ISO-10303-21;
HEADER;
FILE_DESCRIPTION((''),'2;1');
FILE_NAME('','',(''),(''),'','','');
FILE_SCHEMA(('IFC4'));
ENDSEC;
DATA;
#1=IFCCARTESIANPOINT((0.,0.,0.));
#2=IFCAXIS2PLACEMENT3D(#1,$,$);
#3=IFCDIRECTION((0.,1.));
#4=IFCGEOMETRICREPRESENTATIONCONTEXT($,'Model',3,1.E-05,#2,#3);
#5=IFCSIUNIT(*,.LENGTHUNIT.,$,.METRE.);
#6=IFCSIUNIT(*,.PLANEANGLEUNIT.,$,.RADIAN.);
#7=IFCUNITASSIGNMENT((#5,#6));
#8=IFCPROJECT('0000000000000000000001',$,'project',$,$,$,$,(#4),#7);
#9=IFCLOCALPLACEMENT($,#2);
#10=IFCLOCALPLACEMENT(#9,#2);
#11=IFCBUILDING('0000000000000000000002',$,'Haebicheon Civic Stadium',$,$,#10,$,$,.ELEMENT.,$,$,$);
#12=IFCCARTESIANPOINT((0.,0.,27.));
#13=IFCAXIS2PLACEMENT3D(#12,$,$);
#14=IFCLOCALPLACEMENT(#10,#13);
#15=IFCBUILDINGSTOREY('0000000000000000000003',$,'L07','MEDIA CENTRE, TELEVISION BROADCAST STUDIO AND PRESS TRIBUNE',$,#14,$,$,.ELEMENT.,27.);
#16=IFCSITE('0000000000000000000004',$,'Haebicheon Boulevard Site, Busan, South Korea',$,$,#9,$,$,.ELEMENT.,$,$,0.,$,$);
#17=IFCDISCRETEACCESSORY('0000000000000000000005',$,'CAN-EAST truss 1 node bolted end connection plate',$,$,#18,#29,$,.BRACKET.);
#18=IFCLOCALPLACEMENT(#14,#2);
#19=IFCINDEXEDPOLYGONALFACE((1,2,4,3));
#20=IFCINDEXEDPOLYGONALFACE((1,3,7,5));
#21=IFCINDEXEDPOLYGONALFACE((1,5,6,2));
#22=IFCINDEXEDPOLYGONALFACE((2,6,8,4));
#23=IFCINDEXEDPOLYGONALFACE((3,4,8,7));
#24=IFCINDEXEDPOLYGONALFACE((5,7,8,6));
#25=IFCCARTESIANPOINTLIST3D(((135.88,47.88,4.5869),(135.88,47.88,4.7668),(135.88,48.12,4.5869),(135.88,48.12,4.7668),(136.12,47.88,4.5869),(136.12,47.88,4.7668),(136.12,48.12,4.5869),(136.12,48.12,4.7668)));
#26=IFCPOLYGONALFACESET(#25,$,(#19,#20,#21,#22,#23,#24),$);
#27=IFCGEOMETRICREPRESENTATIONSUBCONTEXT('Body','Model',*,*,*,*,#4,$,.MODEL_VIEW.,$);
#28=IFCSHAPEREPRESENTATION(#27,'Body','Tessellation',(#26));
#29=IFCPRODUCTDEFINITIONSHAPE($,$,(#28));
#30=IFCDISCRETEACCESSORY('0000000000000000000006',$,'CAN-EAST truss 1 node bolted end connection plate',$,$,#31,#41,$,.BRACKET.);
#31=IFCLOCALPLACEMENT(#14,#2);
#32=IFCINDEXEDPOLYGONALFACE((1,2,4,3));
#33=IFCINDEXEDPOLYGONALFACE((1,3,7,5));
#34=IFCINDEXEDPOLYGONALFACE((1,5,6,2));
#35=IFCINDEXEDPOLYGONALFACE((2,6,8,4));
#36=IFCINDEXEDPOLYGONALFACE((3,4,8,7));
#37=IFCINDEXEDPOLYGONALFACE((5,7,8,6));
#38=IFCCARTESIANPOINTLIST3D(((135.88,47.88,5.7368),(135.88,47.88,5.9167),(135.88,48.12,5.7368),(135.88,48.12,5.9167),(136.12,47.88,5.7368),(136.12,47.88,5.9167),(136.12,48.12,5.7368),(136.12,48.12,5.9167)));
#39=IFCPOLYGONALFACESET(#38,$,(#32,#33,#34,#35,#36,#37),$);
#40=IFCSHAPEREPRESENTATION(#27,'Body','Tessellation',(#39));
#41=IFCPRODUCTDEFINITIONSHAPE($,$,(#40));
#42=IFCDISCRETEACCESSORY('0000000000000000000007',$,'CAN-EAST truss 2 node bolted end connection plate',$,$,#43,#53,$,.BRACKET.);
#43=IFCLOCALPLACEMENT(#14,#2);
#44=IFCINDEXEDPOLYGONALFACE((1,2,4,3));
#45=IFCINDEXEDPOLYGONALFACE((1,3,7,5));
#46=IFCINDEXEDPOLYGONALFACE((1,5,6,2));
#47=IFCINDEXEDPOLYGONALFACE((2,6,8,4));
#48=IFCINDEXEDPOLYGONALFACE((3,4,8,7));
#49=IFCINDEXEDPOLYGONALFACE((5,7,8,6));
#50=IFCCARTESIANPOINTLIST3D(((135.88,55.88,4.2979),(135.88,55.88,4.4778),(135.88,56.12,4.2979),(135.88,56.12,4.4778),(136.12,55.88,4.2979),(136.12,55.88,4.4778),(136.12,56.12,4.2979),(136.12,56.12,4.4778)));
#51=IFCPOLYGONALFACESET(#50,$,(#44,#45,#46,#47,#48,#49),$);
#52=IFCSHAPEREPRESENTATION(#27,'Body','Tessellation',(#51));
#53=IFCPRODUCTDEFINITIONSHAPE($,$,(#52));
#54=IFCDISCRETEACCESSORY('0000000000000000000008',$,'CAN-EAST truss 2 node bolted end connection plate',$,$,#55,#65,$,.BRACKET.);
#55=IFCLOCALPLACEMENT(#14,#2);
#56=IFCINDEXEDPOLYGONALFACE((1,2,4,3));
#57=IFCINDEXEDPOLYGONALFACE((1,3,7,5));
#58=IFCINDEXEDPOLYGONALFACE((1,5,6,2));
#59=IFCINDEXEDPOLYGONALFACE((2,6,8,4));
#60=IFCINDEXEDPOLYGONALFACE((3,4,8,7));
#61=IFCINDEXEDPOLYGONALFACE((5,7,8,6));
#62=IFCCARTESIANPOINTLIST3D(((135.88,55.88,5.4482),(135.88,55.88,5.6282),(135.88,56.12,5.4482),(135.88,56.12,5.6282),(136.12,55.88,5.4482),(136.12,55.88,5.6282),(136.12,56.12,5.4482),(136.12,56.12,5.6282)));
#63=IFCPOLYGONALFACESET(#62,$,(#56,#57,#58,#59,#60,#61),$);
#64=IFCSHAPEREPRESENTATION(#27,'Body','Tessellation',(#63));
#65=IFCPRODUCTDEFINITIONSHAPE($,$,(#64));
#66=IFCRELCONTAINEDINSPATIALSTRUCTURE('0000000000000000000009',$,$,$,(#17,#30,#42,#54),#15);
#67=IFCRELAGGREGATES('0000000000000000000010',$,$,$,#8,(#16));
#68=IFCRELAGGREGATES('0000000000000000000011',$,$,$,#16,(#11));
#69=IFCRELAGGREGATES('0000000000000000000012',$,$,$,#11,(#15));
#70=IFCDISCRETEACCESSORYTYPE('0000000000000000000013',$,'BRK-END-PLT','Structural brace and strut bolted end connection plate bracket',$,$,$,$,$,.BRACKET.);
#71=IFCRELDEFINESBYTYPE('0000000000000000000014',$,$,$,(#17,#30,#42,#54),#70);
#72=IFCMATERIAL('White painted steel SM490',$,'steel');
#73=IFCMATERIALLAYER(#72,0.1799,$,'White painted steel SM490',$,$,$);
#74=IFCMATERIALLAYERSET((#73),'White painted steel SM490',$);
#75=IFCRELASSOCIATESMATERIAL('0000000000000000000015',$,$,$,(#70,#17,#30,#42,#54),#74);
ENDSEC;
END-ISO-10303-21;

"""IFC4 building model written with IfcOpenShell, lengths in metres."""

from ifc_helpers import new_model, si_unit, direction, frame, origin, origin_2d, place, context, subcontext, project, spatial, rectangle, extrude, material, layer, layer_set, type_object, element, save


model = new_model("IFC4")

# Units and contexts
model_context = context("Model", 3, precision=1e-05, world=origin(), true_north=direction((0.0, 1.0)))
body_context = subcontext(model_context, "Body", "Model", "MODEL_VIEW")
ifc_project = project(units=[si_unit("LENGTHUNIT", "METRE"), si_unit("PLANEANGLEUNIT", "RADIAN")], contexts=[model_context])

# Site, building, storey
site_placement = place(None, origin())
site = spatial("IfcSite", under=ifc_project, at=site_placement, Name="Haebicheon Boulevard Site, Busan, South Korea", CompositionType="ELEMENT", RefElevation=0.0)
building_placement = place(site_placement, origin())
building = spatial("IfcBuilding", under=site, at=building_placement, Name="Haebicheon Civic Stadium", CompositionType="ELEMENT")
storey_placement = place(building_placement, frame((0.0, 0.0, 27.0)))
storey = spatial("IfcBuildingStorey", under=building, at=storey_placement, Name="L07", Description="MEDIA CENTRE, TELEVISION BROADCAST STUDIO AND PRESS TRIBUNE", CompositionType="ELEMENT", Elevation=27.0)

# Discrete accessories
ifc_material_1 = material(Name="White painted steel SM490", Category="steel")
ifc_layer_1 = layer(ifc_material_1, 0.1799, Name="White painted steel SM490")
ifc_layer_set_1 = layer_set([ifc_layer_1], Name="White painted steel SM490")
discrete_accessory_type = type_object("IfcDiscreteAccessoryType", Name="BRK-END-PLT", Description="Structural brace and strut bolted end connection plate bracket", PredefinedType="BRACKET", material=ifc_layer_set_1)
for number, where, z_axis, x_axis, name in (
    (1, (136.0, 48.0, 4.5869), (0.0, 0.0, 1.0), (1.0, 0.0, 0.0), "CAN-EAST truss 1 node bolted end connection plate"),
    (2, (136.0, 48.0, 5.7368), (0.0, 0.0, 1.0), (1.0, 0.0, 0.0), "CAN-EAST truss 1 node bolted end connection plate"),
    (3, (136.0, 56.0, 4.2979), (0.0, 0.0, 1.0), (1.0, 0.0, 0.0), "CAN-EAST truss 2 node bolted end connection plate"),
    (4, (136.0, 56.0, 5.4482), (0.0, 0.0, 1.0), (1.0, 0.0, 0.0), "CAN-EAST truss 2 node bolted end connection plate"),
):
    element("IfcDiscreteAccessory", number, at=place(storey_placement, frame(where, z_axis=z_axis, x_axis=x_axis)), inside=storey, type_object=discrete_accessory_type, material=ifc_layer_set_1, Name=name, PredefinedType="BRACKET", context=body_context, shape_type="SweptSolid", body=[
        extrude(rectangle(XDim=0.24, YDim=0.24, at=origin_2d()), origin(), (0.0, 0.0, 1.0), 0.1799),
    ])

save(model, "model.ifc")
